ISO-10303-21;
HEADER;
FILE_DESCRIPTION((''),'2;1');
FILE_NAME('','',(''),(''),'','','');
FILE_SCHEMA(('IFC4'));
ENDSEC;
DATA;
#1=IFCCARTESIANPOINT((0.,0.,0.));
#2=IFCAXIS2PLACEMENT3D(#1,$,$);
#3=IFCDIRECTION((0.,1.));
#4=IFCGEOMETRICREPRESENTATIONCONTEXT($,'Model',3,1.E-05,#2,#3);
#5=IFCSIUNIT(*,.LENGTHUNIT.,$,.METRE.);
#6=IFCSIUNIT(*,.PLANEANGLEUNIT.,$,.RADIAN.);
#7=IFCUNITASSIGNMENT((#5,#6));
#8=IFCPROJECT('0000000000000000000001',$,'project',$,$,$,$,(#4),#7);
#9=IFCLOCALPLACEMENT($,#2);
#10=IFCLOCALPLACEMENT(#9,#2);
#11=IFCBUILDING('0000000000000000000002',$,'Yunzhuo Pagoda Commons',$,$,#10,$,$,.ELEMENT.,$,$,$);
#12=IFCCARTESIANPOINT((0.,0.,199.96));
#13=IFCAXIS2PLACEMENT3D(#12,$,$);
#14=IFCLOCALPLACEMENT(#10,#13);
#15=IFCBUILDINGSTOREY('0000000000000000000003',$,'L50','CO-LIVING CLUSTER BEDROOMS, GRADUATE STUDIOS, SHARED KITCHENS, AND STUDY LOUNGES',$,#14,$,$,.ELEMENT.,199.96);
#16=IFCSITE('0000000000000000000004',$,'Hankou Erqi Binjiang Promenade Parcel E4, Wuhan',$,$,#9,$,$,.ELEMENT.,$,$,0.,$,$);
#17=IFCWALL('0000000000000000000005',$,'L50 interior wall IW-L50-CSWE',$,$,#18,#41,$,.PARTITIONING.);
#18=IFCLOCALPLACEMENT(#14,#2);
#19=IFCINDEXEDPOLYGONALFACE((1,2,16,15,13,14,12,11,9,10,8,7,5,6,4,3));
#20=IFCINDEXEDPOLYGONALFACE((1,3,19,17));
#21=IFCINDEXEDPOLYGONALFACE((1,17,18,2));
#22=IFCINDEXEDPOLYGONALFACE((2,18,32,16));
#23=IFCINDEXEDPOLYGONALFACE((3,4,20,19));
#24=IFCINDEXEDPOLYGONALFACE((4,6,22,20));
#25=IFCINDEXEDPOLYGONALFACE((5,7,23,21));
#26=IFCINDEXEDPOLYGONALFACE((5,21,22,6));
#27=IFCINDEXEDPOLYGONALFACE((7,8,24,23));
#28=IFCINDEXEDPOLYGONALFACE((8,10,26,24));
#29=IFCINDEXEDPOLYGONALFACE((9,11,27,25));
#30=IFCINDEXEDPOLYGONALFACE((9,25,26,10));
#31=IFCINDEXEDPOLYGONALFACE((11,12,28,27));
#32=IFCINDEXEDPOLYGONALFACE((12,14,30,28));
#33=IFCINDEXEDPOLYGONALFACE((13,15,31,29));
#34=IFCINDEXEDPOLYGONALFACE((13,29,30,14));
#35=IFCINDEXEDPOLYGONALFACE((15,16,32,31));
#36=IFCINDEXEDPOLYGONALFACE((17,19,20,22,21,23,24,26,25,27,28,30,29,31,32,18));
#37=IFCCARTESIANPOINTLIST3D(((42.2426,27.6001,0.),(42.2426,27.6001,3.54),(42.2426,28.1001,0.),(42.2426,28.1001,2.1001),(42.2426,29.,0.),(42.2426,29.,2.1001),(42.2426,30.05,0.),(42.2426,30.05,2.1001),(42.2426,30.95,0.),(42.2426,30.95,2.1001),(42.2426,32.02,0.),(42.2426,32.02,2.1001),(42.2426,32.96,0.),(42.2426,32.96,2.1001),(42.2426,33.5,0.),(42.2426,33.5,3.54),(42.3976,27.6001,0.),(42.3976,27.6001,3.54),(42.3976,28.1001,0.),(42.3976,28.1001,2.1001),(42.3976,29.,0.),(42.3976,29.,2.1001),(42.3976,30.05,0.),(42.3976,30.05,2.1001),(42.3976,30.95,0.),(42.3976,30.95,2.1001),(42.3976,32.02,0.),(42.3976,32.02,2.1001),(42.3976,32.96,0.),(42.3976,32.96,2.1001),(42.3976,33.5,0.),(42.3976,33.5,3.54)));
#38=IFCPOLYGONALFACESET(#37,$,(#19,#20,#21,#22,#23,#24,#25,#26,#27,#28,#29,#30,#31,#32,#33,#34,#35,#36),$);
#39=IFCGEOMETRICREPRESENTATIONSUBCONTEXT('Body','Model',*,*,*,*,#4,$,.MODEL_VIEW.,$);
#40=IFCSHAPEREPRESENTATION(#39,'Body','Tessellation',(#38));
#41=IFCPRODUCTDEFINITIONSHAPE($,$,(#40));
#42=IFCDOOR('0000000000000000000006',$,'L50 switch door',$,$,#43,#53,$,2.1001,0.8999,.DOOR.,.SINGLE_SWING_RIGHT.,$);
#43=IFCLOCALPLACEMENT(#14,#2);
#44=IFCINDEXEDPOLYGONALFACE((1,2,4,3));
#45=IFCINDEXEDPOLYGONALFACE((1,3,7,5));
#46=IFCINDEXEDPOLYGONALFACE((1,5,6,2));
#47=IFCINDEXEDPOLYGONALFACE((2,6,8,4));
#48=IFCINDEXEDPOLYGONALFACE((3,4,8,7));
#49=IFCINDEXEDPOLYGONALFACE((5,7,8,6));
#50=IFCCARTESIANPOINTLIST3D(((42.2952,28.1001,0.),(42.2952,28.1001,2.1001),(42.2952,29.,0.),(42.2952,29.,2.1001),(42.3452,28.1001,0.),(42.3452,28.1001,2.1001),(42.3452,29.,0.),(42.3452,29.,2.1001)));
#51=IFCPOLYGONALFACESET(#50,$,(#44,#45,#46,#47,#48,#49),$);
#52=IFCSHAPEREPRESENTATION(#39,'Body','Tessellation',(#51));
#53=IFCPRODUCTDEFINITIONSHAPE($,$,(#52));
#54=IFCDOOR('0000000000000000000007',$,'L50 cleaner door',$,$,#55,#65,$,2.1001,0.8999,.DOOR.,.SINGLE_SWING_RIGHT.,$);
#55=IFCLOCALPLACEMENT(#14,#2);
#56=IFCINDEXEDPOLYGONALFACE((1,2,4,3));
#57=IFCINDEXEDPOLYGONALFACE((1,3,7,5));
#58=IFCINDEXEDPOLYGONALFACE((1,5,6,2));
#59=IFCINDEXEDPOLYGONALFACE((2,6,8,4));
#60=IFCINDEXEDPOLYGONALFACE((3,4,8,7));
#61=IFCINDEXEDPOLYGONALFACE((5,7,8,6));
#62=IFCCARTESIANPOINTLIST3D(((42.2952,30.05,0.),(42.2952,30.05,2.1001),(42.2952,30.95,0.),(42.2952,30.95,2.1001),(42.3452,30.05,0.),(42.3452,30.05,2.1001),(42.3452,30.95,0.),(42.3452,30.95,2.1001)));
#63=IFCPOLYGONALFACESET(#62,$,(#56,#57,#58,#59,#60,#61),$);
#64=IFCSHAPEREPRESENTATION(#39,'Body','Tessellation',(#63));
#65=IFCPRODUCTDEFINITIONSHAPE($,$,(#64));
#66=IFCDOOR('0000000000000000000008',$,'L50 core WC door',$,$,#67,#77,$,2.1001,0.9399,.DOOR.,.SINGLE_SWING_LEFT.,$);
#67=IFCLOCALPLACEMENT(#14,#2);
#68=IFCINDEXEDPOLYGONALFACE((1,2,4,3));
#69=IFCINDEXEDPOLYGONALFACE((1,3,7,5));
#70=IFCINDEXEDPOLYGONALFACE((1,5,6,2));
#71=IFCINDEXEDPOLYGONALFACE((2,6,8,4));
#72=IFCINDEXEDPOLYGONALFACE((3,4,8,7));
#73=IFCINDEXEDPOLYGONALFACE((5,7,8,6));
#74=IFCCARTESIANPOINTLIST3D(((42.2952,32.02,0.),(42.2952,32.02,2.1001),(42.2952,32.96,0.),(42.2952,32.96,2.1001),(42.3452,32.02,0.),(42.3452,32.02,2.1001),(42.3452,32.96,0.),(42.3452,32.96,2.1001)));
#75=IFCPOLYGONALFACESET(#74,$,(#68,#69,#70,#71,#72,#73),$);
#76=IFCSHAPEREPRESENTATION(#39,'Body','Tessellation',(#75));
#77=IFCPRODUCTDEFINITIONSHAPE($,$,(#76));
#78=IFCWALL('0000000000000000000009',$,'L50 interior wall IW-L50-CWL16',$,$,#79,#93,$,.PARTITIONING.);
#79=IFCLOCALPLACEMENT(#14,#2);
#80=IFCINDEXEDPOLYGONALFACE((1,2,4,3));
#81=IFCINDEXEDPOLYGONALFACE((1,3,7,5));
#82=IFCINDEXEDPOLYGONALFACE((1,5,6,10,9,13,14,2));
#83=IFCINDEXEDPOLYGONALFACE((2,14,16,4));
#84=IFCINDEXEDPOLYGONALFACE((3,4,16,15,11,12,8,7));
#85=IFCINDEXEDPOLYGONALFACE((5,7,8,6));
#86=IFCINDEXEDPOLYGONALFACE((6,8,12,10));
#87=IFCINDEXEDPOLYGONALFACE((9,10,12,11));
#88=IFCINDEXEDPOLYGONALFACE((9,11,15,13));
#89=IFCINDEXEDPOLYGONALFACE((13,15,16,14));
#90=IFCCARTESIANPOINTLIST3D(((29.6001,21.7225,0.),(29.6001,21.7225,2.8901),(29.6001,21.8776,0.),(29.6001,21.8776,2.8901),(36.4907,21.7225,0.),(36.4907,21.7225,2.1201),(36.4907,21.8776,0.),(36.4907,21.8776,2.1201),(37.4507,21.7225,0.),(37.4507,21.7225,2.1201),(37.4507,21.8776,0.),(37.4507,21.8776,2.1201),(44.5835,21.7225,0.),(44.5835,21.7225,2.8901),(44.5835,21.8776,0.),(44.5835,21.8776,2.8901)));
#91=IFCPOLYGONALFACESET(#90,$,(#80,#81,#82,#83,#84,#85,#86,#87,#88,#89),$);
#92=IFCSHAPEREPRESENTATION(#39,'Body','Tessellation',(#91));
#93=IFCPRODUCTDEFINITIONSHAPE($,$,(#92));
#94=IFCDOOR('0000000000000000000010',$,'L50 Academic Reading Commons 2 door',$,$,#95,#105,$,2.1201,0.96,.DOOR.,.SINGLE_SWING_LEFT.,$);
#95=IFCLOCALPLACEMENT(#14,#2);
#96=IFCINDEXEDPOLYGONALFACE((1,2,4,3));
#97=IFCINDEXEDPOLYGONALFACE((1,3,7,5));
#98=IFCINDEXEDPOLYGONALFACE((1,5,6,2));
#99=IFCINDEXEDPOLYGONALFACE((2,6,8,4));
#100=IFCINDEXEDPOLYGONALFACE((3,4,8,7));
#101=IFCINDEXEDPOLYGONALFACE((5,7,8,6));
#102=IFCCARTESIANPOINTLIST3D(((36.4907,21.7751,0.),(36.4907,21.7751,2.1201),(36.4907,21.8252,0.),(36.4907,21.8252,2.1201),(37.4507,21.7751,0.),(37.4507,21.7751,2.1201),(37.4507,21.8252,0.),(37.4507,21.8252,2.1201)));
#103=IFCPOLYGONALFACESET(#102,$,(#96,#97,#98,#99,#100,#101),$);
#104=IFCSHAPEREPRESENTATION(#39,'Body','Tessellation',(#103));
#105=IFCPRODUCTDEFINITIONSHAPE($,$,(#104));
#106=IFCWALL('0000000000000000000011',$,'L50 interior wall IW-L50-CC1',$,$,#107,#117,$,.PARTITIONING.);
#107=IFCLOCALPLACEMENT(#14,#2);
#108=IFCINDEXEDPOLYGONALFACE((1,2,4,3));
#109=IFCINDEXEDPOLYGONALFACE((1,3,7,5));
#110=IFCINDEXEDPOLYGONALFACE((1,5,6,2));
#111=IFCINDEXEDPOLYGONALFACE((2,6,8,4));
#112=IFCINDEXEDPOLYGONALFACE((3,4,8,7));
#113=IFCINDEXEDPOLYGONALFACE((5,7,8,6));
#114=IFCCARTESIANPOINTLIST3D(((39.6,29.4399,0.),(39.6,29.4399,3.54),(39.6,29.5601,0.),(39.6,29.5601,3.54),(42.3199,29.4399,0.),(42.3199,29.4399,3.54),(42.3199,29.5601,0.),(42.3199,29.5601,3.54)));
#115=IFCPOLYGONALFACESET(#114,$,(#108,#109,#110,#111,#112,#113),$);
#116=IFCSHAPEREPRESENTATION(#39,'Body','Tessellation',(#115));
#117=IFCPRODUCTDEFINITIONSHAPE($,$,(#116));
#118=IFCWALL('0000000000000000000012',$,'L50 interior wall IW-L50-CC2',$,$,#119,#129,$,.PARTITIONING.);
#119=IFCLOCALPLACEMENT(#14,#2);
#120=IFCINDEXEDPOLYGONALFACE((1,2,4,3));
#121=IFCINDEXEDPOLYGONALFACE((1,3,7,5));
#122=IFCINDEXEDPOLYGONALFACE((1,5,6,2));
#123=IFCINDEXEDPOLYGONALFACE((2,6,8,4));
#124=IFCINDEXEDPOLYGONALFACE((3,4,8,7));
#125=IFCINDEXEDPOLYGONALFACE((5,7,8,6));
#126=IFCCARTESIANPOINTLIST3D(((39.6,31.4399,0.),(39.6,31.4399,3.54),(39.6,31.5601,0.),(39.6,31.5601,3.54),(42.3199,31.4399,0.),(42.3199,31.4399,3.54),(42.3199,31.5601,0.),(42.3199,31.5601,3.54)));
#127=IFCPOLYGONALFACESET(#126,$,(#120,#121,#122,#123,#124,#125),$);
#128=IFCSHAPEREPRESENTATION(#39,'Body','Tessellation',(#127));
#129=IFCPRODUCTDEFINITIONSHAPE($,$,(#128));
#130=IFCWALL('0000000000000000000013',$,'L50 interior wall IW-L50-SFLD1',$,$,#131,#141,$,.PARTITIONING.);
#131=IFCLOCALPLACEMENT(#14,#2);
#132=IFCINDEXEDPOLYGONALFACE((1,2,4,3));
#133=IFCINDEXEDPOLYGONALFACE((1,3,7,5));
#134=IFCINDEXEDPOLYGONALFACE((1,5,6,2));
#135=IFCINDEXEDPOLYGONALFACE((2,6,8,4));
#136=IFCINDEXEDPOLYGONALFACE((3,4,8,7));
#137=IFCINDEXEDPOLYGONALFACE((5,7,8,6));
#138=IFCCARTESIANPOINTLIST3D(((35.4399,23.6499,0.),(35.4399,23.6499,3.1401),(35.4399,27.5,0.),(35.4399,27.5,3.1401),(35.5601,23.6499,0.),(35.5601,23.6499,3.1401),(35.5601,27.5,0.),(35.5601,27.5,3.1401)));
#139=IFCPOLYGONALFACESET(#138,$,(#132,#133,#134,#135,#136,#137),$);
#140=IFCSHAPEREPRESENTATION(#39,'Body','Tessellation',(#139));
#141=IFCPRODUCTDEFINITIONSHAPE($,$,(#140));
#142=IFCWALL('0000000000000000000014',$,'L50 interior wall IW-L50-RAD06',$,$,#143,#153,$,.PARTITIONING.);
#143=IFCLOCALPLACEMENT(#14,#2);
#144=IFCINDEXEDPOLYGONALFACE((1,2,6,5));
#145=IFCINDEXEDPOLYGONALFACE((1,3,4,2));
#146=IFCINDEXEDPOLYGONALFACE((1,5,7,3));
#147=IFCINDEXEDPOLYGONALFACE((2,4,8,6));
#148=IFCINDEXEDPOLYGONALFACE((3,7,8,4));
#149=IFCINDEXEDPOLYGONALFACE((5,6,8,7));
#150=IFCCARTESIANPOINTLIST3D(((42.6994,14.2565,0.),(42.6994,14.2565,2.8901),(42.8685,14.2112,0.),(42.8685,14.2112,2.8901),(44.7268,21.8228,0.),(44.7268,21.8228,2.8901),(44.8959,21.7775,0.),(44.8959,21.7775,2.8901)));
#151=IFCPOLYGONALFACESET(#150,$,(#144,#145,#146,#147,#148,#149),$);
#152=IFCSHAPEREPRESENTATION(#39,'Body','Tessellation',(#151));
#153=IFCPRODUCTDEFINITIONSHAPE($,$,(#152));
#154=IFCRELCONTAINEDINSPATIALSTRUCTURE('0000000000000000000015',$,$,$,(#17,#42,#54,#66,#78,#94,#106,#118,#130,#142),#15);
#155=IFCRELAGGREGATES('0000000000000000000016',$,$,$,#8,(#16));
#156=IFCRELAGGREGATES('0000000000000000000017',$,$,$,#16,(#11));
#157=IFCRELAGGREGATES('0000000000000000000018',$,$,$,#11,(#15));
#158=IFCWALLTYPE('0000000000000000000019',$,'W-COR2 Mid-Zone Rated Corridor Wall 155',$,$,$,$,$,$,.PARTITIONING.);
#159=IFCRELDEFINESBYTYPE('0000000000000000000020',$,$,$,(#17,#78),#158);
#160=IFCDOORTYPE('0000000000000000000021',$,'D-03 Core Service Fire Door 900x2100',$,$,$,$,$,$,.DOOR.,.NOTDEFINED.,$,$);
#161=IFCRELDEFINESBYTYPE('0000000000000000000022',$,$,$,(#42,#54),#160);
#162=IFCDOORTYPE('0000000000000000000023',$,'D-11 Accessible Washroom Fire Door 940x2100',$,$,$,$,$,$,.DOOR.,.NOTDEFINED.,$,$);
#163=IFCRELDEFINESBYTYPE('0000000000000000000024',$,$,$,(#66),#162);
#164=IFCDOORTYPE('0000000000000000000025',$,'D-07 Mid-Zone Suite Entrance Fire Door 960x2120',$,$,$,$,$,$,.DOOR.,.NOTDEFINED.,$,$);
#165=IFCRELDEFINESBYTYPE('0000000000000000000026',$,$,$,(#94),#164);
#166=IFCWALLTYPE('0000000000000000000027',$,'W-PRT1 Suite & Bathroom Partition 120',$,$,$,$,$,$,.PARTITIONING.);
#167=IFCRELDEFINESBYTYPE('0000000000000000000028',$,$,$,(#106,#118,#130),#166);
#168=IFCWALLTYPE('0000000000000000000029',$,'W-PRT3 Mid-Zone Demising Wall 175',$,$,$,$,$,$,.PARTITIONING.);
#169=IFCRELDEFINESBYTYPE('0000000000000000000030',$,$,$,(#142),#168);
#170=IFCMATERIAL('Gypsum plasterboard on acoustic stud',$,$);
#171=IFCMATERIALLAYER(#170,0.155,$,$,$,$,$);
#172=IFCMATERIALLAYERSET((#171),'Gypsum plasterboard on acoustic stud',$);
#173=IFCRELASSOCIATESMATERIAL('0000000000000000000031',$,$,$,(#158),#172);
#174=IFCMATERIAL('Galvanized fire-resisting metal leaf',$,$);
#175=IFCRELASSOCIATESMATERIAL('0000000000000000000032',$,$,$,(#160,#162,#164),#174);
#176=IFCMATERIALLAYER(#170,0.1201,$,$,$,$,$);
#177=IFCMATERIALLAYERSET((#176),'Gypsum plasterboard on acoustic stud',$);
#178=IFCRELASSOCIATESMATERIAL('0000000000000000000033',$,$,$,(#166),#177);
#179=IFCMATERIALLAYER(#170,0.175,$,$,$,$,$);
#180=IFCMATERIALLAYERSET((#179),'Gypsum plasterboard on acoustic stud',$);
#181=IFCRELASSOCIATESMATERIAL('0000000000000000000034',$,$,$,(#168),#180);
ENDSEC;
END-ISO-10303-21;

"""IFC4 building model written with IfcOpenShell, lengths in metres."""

from ifc_helpers import new_model, si_unit, direction, frame, frame_2d, origin, origin_with_axes, place, context, subcontext, project, spatial, rectangle, extrude, source, transform, mapped, material, layer, layer_set, type_object, element, fill, save


model = new_model("IFC4")

# Units and contexts
model_context = context("Model", 3, precision=1e-05, world=origin(), true_north=direction((0.0, 1.0)))
body_context = subcontext(model_context, "Body", "Model", "MODEL_VIEW")
ifc_project = project(units=[si_unit("LENGTHUNIT", "METRE"), si_unit("PLANEANGLEUNIT", "RADIAN")], contexts=[model_context])

# Site, building, storey
site_placement = place(None, origin())
site = spatial("IfcSite", under=ifc_project, at=site_placement, Name="Hankou Erqi Binjiang Promenade Parcel E4, Wuhan", CompositionType="ELEMENT", RefElevation=0.0)
building_placement = place(site_placement, origin())
building = spatial("IfcBuilding", under=site, at=building_placement, Name="Yunzhuo Pagoda Commons", CompositionType="ELEMENT")
storey_placement = place(building_placement, frame((0.0, 0.0, 199.96)))
storey = spatial("IfcBuildingStorey", under=building, at=storey_placement, Name="L50", Description="CO-LIVING CLUSTER BEDROOMS, GRADUATE STUDIOS, SHARED KITCHENS, AND STUDY LOUNGES", CompositionType="ELEMENT", Elevation=199.96)

# Wall, openings, doors
ifc_material_1 = material(Name="Gypsum plasterboard on acoustic stud")
ifc_layer_1 = layer(ifc_material_1, 0.155)
ifc_layer_set_1 = layer_set([ifc_layer_1], Name="Gypsum plasterboard on acoustic stud")
wall_type_1 = type_object("IfcWallType", Name="W-COR2 Mid-Zone Rated Corridor Wall 155", PredefinedType="PARTITIONING", material=ifc_layer_set_1)
wall_1_placement = place(storey_placement, frame((42.3201, 27.6001, 0.0), z_axis=(0.0, 0.0, 1.0), x_axis=(0.0, 1.0, 0.0)))
wall_1 = element("IfcWall", 1, at=wall_1_placement, inside=storey, type_object=wall_type_1, Name="L50 interior wall IW-L50-CSWE", PredefinedType="PARTITIONING", context=body_context, shape_type="SweptSolid", body=[
    extrude(rectangle(XDim=5.8999, YDim=0.155, at=frame_2d((2.95, 0.0))), origin(), (0.0, 0.0, 1.0), 3.54),
])
opening_1_placement = place(wall_1_placement, frame((0.5, 0.0, 0.0)))
opening_1 = element("IfcOpeningElement", 2, at=opening_1_placement, cuts=wall_1, PredefinedType="OPENING", context=body_context, shape_type="SweptSolid", body=[
    extrude(rectangle(XDim=0.8999, YDim=2.1001, at=frame_2d((0.45, 1.05))), frame((0.0, 0.0874, 0.0), z_axis=(0.0, -1.0, 0.0), x_axis=(1.0, 0.0, 0.0)), (0.0, 0.0, 1.0), 0.175),
])
opening_2_placement = place(wall_1_placement, frame((2.45, 0.0, 0.0)))
opening_2 = element("IfcOpeningElement", 3, at=opening_2_placement, cuts=wall_1, PredefinedType="OPENING", context=body_context, shape_type="SweptSolid", body=[
    extrude(rectangle(XDim=0.8999, YDim=2.1001, at=frame_2d((0.45, 1.05))), frame((0.0, 0.0874, 0.0), z_axis=(0.0, -1.0, 0.0), x_axis=(1.0, 0.0, 0.0)), (0.0, 0.0, 1.0), 0.175),
])
opening_3_placement = place(wall_1_placement, frame((4.4199, 0.0, 0.0)))
opening_3 = element("IfcOpeningElement", 4, at=opening_3_placement, cuts=wall_1, PredefinedType="OPENING", context=body_context, shape_type="SweptSolid", body=[
    extrude(rectangle(XDim=0.9399, YDim=2.1001, at=frame_2d((0.47, 1.05))), frame((0.0, 0.0874, 0.0), z_axis=(0.0, -1.0, 0.0), x_axis=(1.0, 0.0, 0.0)), (0.0, 0.0, 1.0), 0.175),
])
ifc_material_2 = material(Name="Galvanized fire-resisting metal leaf")
door_type_1 = type_object("IfcDoorType", Name="D-03 Core Service Fire Door 900x2100", OperationType="NOTDEFINED", PredefinedType="DOOR", material=ifc_material_2)
shared_shape_1 = source(origin(), body_context, "Body", "SweptSolid", [
    extrude(rectangle(XDim=0.8999, YDim=2.1001, at=frame_2d((0.45, 1.05))), frame((0.0, 0.0249, 0.0), z_axis=(0.0, -1.0, 0.0), x_axis=(1.0, 0.0, 0.0)), (0.0, 0.0, 1.0), 0.05),
])
door_1_placement = place(opening_1_placement, origin_with_axes())
door_1 = element("IfcDoor", 5, at=door_1_placement, inside=storey, type_object=door_type_1, Name="L50 switch door", OperationType="SINGLE_SWING_RIGHT", OverallHeight=2.1001, OverallWidth=0.8999, PredefinedType="DOOR", context=body_context, shape_type="MappedRepresentation", body=[
    mapped(shared_shape_1, transform((0.0, 0.0, 0.0), scale=1.0)),
])
fill(opening_1, door_1)
door_2_placement = place(opening_2_placement, origin_with_axes())
door_2 = element("IfcDoor", 6, at=door_2_placement, inside=storey, type_object=door_type_1, Name="L50 cleaner door", OperationType="SINGLE_SWING_RIGHT", OverallHeight=2.1001, OverallWidth=0.8999, PredefinedType="DOOR", context=body_context, shape_type="MappedRepresentation", body=[
    mapped(shared_shape_1, transform((0.0, 0.0, 0.0), scale=1.0)),
])
fill(opening_2, door_2)
door_type_2 = type_object("IfcDoorType", Name="D-11 Accessible Washroom Fire Door 940x2100", OperationType="NOTDEFINED", PredefinedType="DOOR", material=ifc_material_2)
shared_shape_2 = source(origin(), body_context, "Body", "SweptSolid", [
    extrude(rectangle(XDim=0.9399, YDim=2.1001, at=frame_2d((0.47, 1.05))), frame((0.0, 0.0249, 0.0), z_axis=(0.0, -1.0, 0.0), x_axis=(1.0, 0.0, 0.0)), (0.0, 0.0, 1.0), 0.05),
])
door_3_placement = place(opening_3_placement, origin_with_axes())
door_3 = element("IfcDoor", 7, at=door_3_placement, inside=storey, type_object=door_type_2, Name="L50 core WC door", OperationType="SINGLE_SWING_LEFT", OverallHeight=2.1001, OverallWidth=0.9399, PredefinedType="DOOR", context=body_context, shape_type="MappedRepresentation", body=[
    mapped(shared_shape_2, transform((0.0, 0.0, 0.0), scale=1.0)),
])
fill(opening_3, door_3)

# Wall, opening, door
wall_2_placement = place(storey_placement, frame((44.5835, 21.8, 0.0), z_axis=(0.0, 0.0, 1.0), x_axis=(-1.0, 0.0, 0.0)))
wall_2 = element("IfcWall", 8, at=wall_2_placement, inside=storey, type_object=wall_type_1, Name="L50 interior wall IW-L50-CWL16", PredefinedType="PARTITIONING", context=body_context, shape_type="SweptSolid", body=[
    extrude(rectangle(XDim=14.9834, YDim=0.155, at=frame_2d((7.4917, 0.0))), origin(), (0.0, 0.0, 1.0), 2.8901),
])
opening_4_placement = place(wall_2_placement, frame((7.1328, 0.0, 0.0)))
opening_4 = element("IfcOpeningElement", 9, at=opening_4_placement, cuts=wall_2, PredefinedType="OPENING", context=body_context, shape_type="SweptSolid", body=[
    extrude(rectangle(XDim=0.96, YDim=2.1201, at=frame_2d((0.48, 1.0601))), frame((0.0, 0.0874, 0.0), z_axis=(0.0, -1.0, 0.0), x_axis=(1.0, 0.0, 0.0)), (0.0, 0.0, 1.0), 0.175),
])
door_type_3 = type_object("IfcDoorType", Name="D-07 Mid-Zone Suite Entrance Fire Door 960x2120", OperationType="NOTDEFINED", PredefinedType="DOOR", material=ifc_material_2)
shared_shape_3 = source(origin(), body_context, "Body", "SweptSolid", [
    extrude(rectangle(XDim=0.96, YDim=2.1201, at=frame_2d((0.48, 1.0601))), frame((0.0, 0.0249, 0.0), z_axis=(0.0, -1.0, 0.0), x_axis=(1.0, 0.0, 0.0)), (0.0, 0.0, 1.0), 0.05),
])
door_4_placement = place(opening_4_placement, origin_with_axes())
door_4 = element("IfcDoor", 10, at=door_4_placement, inside=storey, type_object=door_type_3, Name="L50 Academic Reading Commons 2 door", OperationType="SINGLE_SWING_LEFT", OverallHeight=2.1201, OverallWidth=0.96, PredefinedType="DOOR", context=body_context, shape_type="MappedRepresentation", body=[
    mapped(shared_shape_3, transform((0.0, 0.0, 0.0), scale=1.0)),
])
fill(opening_4, door_4)

# Walls
ifc_layer_2 = layer(ifc_material_1, 0.1201)
ifc_layer_set_2 = layer_set([ifc_layer_2], Name="Gypsum plasterboard on acoustic stud")
wall_type_2 = type_object("IfcWallType", Name="W-PRT1 Suite & Bathroom Partition 120", PredefinedType="PARTITIONING", material=ifc_layer_set_2)
for number, where, z_axis, x_axis, name in (
    (11, (39.6001, 29.5, 0.0), (0.0, 0.0, 1.0), (1.0, 0.0, 0.0), "L50 interior wall IW-L50-CC1"),
    (12, (39.6001, 31.5, 0.0), (0.0, 0.0, 1.0), (1.0, 0.0, 0.0), "L50 interior wall IW-L50-CC2"),
):
    element("IfcWall", number, at=place(storey_placement, frame(where, z_axis=z_axis, x_axis=x_axis)), inside=storey, type_object=wall_type_2, Name=name, PredefinedType="PARTITIONING", context=body_context, shape_type="SweptSolid", body=[
        extrude(rectangle(XDim=2.72, YDim=0.1201, at=frame_2d((1.3599, 0.0))), origin(), (0.0, 0.0, 1.0), 3.54),
    ])
wall_3_placement = place(storey_placement, frame((35.5, 23.6499, 0.0), z_axis=(0.0, 0.0, 1.0), x_axis=(0.0, 1.0, 0.0)))
element("IfcWall", 13, at=wall_3_placement, inside=storey, type_object=wall_type_2, Name="L50 interior wall IW-L50-SFLD1", PredefinedType="PARTITIONING", context=body_context, shape_type="SweptSolid", body=[
    extrude(rectangle(XDim=3.8501, YDim=0.1201, at=frame_2d((1.925, 0.0))), origin(), (0.0, 0.0, 1.0), 3.1401),
])
ifc_layer_3 = layer(ifc_material_1, 0.175)
ifc_layer_set_3 = layer_set([ifc_layer_3], Name="Gypsum plasterboard on acoustic stud")
wall_type_3 = type_object("IfcWallType", Name="W-PRT3 Mid-Zone Demising Wall 175", PredefinedType="PARTITIONING", material=ifc_layer_set_3)
wall_4_placement = place(storey_placement, frame((44.8113, 21.8, 0.0), z_axis=(0.0, 0.0, 1.0), x_axis=(-0.258811, -0.965928, 0.0)))
element("IfcWall", 14, at=wall_4_placement, inside=storey, type_object=wall_type_3, Name="L50 interior wall IW-L50-RAD06", PredefinedType="PARTITIONING", context=body_context, shape_type="SweptSolid", body=[
    extrude(rectangle(XDim=7.8333, YDim=0.175, at=frame_2d((3.9165, 0.0))), origin(), (0.0, 0.0, 1.0), 2.8901),
])

save(model, "model.ifc")
